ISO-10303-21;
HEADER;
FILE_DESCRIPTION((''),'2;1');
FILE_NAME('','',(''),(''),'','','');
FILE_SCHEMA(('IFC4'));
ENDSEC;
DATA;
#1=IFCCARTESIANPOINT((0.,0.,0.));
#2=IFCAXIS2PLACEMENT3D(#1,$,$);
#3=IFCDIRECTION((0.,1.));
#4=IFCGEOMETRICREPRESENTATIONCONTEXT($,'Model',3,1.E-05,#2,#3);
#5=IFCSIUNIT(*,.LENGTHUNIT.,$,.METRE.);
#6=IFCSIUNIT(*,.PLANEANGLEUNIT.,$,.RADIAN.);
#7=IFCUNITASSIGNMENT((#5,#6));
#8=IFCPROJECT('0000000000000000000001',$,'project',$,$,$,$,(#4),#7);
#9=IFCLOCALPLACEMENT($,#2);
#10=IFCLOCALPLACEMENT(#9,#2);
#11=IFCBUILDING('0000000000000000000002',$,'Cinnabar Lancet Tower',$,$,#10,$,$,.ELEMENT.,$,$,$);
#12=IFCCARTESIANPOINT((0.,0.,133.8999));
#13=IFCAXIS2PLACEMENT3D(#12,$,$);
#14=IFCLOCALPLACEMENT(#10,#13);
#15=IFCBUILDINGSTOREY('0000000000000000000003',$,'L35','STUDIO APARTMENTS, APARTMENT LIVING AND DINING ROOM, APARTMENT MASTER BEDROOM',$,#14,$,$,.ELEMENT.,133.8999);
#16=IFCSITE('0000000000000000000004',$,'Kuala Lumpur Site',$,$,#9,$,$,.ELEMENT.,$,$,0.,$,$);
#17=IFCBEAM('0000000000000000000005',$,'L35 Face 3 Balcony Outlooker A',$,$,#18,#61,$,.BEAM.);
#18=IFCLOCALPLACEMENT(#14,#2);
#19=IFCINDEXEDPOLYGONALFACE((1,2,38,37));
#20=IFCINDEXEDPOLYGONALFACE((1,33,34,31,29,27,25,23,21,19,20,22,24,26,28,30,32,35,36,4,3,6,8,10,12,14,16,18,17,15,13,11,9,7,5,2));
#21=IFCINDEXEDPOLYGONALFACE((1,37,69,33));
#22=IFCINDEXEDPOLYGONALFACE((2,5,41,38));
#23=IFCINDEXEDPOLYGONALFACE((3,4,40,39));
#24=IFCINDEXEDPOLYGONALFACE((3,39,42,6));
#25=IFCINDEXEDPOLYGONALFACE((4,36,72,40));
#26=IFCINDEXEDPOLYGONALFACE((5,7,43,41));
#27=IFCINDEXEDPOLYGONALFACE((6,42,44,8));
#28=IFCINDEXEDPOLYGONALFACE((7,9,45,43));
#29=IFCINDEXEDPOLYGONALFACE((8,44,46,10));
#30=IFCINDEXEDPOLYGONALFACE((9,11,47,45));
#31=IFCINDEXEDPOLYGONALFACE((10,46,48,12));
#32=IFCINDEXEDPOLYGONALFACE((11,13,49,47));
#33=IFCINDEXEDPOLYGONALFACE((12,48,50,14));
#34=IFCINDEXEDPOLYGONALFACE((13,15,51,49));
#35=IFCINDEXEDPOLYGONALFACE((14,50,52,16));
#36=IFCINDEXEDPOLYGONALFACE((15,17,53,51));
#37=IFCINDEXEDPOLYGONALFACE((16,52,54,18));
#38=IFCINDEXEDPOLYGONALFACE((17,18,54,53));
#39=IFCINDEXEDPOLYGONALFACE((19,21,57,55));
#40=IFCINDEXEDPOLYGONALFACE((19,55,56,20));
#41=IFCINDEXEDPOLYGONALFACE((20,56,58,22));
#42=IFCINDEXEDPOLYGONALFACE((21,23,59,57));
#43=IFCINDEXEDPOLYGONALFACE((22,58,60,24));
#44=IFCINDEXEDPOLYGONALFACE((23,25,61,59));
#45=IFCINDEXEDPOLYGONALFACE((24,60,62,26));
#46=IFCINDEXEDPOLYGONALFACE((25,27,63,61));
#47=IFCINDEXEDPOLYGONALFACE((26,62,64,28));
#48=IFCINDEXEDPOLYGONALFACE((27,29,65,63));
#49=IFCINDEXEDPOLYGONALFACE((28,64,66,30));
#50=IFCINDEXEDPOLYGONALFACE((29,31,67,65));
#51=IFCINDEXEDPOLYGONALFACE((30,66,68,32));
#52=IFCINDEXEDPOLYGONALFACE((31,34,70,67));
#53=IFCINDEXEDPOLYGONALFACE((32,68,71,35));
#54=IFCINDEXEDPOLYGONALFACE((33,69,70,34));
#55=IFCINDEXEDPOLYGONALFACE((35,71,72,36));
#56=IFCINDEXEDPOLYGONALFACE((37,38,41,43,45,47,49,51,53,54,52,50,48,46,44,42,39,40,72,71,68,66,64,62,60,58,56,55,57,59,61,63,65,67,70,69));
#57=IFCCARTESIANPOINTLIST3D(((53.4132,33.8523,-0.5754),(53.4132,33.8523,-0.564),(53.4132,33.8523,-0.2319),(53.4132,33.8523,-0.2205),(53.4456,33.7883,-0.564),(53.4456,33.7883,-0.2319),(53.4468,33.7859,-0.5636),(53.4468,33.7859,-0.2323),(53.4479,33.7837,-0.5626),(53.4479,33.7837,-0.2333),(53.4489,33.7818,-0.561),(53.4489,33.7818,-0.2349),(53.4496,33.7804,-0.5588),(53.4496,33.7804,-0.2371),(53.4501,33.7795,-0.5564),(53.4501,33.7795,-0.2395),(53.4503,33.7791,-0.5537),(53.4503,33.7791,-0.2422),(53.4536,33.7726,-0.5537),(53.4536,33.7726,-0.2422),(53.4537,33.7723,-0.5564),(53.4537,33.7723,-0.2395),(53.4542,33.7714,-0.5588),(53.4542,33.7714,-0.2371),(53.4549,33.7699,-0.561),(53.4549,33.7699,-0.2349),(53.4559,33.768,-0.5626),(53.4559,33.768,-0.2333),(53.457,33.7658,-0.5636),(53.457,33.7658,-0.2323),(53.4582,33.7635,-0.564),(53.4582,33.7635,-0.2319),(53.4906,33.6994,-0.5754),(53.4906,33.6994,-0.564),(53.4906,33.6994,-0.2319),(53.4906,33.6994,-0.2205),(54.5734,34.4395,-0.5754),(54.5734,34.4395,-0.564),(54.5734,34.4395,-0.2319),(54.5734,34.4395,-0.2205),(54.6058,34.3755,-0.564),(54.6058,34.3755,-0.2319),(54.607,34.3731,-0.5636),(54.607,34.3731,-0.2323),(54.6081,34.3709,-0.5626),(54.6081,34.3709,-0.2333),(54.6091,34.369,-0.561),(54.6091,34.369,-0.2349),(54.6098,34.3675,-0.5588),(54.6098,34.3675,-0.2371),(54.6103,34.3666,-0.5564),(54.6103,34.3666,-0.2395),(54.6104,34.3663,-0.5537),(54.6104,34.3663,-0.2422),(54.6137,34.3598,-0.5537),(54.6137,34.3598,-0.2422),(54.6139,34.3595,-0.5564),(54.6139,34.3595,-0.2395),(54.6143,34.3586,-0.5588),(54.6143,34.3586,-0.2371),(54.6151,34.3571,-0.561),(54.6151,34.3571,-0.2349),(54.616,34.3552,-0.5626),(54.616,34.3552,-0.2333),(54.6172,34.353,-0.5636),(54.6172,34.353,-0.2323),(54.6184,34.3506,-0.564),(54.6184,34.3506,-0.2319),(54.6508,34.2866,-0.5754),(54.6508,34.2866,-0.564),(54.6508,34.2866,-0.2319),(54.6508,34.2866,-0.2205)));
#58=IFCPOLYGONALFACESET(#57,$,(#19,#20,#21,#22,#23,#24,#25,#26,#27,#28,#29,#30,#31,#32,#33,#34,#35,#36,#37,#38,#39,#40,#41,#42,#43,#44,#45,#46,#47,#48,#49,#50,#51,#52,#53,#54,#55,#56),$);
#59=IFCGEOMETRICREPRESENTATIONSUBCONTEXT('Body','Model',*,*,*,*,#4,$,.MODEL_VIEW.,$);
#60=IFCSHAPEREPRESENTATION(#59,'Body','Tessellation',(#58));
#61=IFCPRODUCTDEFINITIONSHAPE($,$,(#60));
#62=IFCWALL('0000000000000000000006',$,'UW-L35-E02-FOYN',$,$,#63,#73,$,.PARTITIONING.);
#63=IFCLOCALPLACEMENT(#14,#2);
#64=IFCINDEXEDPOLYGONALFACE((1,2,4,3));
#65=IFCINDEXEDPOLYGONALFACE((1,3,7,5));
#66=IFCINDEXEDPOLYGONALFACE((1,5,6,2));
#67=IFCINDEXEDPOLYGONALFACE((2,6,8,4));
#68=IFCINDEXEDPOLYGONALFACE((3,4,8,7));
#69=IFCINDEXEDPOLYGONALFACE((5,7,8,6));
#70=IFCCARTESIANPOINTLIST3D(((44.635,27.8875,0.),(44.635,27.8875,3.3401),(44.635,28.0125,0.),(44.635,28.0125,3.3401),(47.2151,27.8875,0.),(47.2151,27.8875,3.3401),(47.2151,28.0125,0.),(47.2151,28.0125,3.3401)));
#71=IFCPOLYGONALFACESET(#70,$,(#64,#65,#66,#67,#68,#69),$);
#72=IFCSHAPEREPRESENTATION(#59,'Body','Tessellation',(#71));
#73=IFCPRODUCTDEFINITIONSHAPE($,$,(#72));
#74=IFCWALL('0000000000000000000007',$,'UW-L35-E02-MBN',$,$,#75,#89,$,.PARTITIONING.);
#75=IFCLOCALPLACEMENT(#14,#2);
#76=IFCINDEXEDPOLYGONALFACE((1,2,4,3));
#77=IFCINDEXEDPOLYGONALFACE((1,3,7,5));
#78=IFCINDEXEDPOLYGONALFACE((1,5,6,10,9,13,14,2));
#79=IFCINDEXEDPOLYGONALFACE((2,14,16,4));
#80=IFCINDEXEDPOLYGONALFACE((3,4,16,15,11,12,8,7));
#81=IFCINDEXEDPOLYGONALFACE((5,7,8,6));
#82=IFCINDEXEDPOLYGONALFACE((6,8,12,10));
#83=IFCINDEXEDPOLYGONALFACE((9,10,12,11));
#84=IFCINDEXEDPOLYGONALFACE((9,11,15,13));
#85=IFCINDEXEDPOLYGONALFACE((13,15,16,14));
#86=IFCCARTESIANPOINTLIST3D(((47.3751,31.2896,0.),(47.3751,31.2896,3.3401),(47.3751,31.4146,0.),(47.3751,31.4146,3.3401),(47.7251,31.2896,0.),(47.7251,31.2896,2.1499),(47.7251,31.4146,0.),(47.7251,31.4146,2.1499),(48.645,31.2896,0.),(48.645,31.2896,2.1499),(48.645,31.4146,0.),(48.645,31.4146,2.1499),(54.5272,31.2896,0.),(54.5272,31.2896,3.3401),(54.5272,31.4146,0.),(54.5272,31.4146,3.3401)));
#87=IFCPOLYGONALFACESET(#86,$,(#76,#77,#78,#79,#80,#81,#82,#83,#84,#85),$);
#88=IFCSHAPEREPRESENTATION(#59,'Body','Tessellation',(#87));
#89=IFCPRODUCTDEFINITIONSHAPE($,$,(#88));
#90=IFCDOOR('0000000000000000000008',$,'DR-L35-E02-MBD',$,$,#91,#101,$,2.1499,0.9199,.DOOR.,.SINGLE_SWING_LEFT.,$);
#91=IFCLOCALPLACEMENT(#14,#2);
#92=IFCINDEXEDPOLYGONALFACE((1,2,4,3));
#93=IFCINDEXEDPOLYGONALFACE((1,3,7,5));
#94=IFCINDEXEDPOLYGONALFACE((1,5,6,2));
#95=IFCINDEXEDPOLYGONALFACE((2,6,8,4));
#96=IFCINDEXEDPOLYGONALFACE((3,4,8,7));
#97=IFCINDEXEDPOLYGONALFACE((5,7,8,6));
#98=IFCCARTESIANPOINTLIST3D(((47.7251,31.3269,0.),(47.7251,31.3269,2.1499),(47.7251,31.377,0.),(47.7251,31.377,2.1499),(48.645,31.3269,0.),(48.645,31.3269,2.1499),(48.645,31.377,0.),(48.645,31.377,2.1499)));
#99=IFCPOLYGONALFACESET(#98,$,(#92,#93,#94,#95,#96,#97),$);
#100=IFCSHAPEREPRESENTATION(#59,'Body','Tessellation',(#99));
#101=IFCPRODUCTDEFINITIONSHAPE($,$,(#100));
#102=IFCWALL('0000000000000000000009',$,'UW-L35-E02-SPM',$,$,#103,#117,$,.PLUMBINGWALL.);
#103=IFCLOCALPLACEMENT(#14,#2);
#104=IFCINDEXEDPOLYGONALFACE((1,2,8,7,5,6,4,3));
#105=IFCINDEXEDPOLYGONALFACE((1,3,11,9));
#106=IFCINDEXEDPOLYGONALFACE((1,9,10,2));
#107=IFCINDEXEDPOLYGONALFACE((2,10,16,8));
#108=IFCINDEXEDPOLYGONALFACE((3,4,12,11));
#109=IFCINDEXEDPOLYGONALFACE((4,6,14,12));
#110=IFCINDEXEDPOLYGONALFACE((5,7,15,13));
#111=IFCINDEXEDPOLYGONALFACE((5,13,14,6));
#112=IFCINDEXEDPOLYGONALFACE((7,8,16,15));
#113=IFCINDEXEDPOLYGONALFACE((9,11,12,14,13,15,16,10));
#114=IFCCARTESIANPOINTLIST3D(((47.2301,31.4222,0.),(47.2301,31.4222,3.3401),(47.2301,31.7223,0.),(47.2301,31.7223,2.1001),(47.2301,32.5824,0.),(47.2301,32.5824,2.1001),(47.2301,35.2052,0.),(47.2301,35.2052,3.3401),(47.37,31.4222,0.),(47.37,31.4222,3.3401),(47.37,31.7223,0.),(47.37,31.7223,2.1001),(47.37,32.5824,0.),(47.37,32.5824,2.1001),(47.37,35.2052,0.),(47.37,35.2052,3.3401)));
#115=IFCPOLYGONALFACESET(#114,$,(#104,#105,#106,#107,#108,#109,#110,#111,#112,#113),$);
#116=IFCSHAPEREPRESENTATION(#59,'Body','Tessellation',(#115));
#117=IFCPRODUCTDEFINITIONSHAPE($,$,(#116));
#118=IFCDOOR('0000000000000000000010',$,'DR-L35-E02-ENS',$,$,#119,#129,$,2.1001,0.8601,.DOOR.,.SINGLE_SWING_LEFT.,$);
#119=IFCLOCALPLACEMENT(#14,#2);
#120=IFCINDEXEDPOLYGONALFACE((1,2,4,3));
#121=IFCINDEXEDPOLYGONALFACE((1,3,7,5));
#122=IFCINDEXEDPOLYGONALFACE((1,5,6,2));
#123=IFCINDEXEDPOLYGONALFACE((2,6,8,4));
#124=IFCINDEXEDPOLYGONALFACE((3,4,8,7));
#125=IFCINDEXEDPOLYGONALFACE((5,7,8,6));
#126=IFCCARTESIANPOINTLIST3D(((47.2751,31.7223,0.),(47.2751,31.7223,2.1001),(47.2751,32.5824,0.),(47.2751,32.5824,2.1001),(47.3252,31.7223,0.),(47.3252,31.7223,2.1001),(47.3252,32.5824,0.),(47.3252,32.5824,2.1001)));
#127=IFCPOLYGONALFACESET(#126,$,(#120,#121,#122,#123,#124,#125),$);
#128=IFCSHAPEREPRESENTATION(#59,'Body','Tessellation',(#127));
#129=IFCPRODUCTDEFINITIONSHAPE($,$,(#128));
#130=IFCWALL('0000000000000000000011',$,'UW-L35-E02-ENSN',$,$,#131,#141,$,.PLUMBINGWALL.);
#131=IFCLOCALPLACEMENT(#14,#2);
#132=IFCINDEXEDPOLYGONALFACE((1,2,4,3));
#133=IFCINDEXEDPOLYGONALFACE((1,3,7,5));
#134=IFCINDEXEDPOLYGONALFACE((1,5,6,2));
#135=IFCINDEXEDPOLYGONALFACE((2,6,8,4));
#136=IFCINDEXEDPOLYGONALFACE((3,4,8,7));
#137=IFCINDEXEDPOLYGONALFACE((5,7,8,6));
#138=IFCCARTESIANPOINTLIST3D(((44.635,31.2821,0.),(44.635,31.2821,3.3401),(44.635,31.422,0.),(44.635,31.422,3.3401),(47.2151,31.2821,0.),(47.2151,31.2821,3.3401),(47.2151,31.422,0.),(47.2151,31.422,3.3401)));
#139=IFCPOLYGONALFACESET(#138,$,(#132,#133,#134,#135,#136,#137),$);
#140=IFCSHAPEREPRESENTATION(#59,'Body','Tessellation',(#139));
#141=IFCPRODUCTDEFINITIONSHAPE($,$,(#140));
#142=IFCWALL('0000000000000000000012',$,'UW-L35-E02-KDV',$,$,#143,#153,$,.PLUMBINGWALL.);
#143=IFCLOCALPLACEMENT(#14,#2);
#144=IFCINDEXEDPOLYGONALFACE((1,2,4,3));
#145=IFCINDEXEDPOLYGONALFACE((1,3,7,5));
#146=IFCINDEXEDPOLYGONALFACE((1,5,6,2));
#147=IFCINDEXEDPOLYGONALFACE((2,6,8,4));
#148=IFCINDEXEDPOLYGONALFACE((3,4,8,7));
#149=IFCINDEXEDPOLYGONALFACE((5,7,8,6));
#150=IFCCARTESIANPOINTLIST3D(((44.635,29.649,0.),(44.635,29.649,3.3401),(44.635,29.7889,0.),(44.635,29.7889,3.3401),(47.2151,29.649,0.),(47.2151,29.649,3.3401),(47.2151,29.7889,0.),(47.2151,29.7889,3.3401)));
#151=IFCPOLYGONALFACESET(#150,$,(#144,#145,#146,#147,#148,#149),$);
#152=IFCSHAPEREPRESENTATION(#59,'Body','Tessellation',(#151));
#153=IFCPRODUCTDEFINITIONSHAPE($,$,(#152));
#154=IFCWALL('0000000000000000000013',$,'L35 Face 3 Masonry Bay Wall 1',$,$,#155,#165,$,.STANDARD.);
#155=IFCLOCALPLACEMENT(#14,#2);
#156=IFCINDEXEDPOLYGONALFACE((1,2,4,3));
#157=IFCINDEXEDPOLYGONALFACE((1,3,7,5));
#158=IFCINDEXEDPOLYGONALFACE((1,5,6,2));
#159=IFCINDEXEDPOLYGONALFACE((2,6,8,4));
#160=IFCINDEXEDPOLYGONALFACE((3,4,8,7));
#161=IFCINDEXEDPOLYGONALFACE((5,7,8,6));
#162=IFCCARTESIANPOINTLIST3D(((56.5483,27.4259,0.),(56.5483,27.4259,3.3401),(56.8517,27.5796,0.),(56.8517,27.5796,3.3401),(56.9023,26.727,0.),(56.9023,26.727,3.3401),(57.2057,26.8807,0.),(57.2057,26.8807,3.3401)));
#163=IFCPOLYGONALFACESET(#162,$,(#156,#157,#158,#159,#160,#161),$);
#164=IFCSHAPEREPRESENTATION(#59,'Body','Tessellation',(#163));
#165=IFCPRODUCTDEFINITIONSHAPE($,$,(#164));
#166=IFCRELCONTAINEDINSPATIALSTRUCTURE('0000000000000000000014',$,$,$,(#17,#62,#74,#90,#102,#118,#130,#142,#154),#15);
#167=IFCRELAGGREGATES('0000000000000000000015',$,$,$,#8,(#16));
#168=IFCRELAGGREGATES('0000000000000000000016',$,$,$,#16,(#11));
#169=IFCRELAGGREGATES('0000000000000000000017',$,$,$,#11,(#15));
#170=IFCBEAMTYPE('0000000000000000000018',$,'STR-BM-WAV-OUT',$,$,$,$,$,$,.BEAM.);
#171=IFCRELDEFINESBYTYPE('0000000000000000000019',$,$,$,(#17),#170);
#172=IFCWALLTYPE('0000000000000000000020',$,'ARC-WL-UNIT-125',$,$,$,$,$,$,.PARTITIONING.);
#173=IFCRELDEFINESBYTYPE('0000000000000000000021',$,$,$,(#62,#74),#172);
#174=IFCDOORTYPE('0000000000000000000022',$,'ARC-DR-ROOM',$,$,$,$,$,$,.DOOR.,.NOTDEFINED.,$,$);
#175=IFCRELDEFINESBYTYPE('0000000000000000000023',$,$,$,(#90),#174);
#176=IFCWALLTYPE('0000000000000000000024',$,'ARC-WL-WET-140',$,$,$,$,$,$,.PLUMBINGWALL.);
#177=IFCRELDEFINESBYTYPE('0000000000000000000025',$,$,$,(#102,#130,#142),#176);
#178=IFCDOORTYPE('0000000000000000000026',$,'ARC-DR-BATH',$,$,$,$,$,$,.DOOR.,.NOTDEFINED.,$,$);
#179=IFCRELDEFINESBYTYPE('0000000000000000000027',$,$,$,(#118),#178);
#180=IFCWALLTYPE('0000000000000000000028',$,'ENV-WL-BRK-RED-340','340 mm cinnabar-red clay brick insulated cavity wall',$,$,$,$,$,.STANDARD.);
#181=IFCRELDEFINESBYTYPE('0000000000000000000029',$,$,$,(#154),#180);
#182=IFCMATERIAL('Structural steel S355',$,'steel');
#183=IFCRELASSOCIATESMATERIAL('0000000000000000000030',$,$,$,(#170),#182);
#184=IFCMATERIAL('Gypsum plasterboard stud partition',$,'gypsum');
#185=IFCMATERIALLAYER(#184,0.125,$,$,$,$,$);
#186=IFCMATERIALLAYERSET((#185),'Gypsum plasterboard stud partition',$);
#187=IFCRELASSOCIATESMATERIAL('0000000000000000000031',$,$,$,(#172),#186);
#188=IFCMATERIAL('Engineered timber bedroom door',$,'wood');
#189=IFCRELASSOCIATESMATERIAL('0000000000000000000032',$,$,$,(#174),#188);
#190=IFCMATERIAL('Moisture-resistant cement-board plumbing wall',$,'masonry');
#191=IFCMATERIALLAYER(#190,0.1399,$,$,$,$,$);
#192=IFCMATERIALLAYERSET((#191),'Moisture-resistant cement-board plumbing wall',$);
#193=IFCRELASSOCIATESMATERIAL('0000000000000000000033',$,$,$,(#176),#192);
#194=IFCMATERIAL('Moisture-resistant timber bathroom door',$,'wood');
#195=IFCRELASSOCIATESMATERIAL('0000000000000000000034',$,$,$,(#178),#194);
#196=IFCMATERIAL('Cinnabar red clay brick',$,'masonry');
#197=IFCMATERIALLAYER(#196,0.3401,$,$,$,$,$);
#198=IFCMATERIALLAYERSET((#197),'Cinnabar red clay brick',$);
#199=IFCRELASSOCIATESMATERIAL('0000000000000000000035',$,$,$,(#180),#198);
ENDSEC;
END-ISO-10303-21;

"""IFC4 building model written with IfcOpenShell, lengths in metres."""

from ifc_helpers import new_model, si_unit, direction, frame, frame_2d, origin, origin_2d, place, context, subcontext, project, spatial, rectangle, i_section, extrude, material, layer, layer_set, material_profile, profile_set, type_object, element, fill, save


model = new_model("IFC4")

# Units and contexts
model_context = context("Model", 3, precision=1e-05, world=origin(), true_north=direction((0.0, 1.0)))
body_context = subcontext(model_context, "Body", "Model", "MODEL_VIEW")
ifc_project = project(units=[si_unit("LENGTHUNIT", "METRE"), si_unit("PLANEANGLEUNIT", "RADIAN")], contexts=[model_context])

# Site, building, storey
site_placement = place(None, origin())
site = spatial("IfcSite", under=ifc_project, at=site_placement, Name="Kuala Lumpur Site", CompositionType="ELEMENT", RefElevation=0.0)
building_placement = place(site_placement, origin())
building = spatial("IfcBuilding", under=site, at=building_placement, Name="Cinnabar Lancet Tower", CompositionType="ELEMENT")
storey_placement = place(building_placement, frame((0.0, 0.0, 133.8999)))
storey = spatial("IfcBuildingStorey", under=building, at=storey_placement, Name="L35", Description="STUDIO APARTMENTS, APARTMENT LIVING AND DINING ROOM, APARTMENT MASTER BEDROOM", CompositionType="ELEMENT", Elevation=133.8999)

# Beam
ifc_material_1 = material(Name="Structural steel S355", Category="steel")
ifc_material_profile_1 = material_profile(ifc_material_1, i_section(OverallWidth=0.1714, OverallDepth=0.355, WebThickness=0.0073, FlangeThickness=0.0115, FilletRadius=0.0103, at=origin_2d()), Name="UKB 356x171x51")
ifc_profile_set_1 = profile_set([ifc_material_profile_1], Name="Structural steel S355")
beam_type_1 = type_object("IfcBeamType", Name="STR-BM-WAV-OUT", PredefinedType="BEAM", material=ifc_profile_set_1)
beam_1_placement = place(storey_placement, frame((53.4519, 33.7759, -0.3979), z_axis=(0.892239, 0.451564, 0.0), x_axis=(-0.451564, 0.892239, 0.0)))
element("IfcBeam", 1, at=beam_1_placement, inside=storey, type_object=beam_type_1, Name="L35 Face 3 Balcony Outlooker A", PredefinedType="BEAM", context=body_context, shape_type="SweptSolid", body=[
    extrude(i_section(OverallWidth=0.1714, OverallDepth=0.355, WebThickness=0.0073, FlangeThickness=0.0115, FilletRadius=0.0103, at=origin_2d()), origin(), (0.0, 0.0, 1.0), 1.3003),
])

# Wall
ifc_material_2 = material(Name="Gypsum plasterboard stud partition", Category="gypsum")
ifc_layer_1 = layer(ifc_material_2, 0.125)
ifc_layer_set_1 = layer_set([ifc_layer_1], Name="Gypsum plasterboard stud partition")
wall_type_1 = type_object("IfcWallType", Name="ARC-WL-UNIT-125", PredefinedType="PARTITIONING", material=ifc_layer_set_1)
wall_1_placement = place(storey_placement, frame((44.635, 27.95, 0.0), z_axis=(0.0, 0.0, 1.0), x_axis=(1.0, 0.0, 0.0)))
element("IfcWall", 2, at=wall_1_placement, inside=storey, type_object=wall_type_1, Name="UW-L35-E02-FOYN", PredefinedType="PARTITIONING", context=body_context, shape_type="SweptSolid", body=[
    extrude(rectangle(XDim=2.5801, YDim=0.125, at=frame_2d((1.29, 0.0))), origin(), (0.0, 0.0, 1.0), 3.3401),
])

# Wall, opening, door
wall_2_placement = place(storey_placement, frame((47.375, 31.3521, 0.0), z_axis=(0.0, 0.0, 1.0), x_axis=(1.0, 0.0, 0.0)))
wall_2 = element("IfcWall", 3, at=wall_2_placement, inside=storey, type_object=wall_type_1, Name="UW-L35-E02-MBN", PredefinedType="PARTITIONING", context=body_context, shape_type="SweptSolid", body=[
    extrude(rectangle(XDim=7.1521, YDim=0.125, at=frame_2d((3.5762, 0.0))), origin(), (0.0, 0.0, 1.0), 3.3401),
])
opening_1_placement = place(wall_2_placement, frame((0.3501, 0.0, 0.0)))
opening_1 = element("IfcOpeningElement", 4, at=opening_1_placement, cuts=wall_2, PredefinedType="OPENING", context=body_context, shape_type="SweptSolid", body=[
    extrude(rectangle(XDim=0.9199, YDim=2.1499, at=frame_2d((0.46, 1.075))), frame((0.0, 0.0725, 0.0), z_axis=(0.0, -1.0, 0.0), x_axis=(1.0, 0.0, 0.0)), (0.0, 0.0, 1.0), 0.145),
])
ifc_material_3 = material(Name="Engineered timber bedroom door", Category="wood")
door_type_1 = type_object("IfcDoorType", Name="ARC-DR-ROOM", OperationType="NOTDEFINED", PredefinedType="DOOR", material=ifc_material_3)
door_1_placement = place(opening_1_placement, origin())
door_1 = element("IfcDoor", 5, at=door_1_placement, inside=storey, type_object=door_type_1, Name="DR-L35-E02-MBD", OperationType="SINGLE_SWING_LEFT", OverallHeight=2.1499, OverallWidth=0.9199, PredefinedType="DOOR", context=body_context, shape_type="SweptSolid", body=[
    extrude(rectangle(XDim=0.9199, YDim=2.1499, at=frame_2d((0.46, 1.075))), frame((0.0, 0.0249, 0.0), z_axis=(0.0, -1.0, 0.0), x_axis=(1.0, 0.0, 0.0)), (0.0, 0.0, 1.0), 0.05),
])
fill(opening_1, door_1)

# Shared definitions
ifc_material_4 = material(Name="Moisture-resistant cement-board plumbing wall", Category="masonry")
ifc_layer_2 = layer(ifc_material_4, 0.1399)
ifc_layer_set_2 = layer_set([ifc_layer_2], Name="Moisture-resistant cement-board plumbing wall")
wall_type_2 = type_object("IfcWallType", Name="ARC-WL-WET-140", PredefinedType="PLUMBINGWALL", material=ifc_layer_set_2)
ifc_material_5 = material(Name="Moisture-resistant timber bathroom door", Category="wood")
door_type_2 = type_object("IfcDoorType", Name="ARC-DR-BATH", OperationType="NOTDEFINED", PredefinedType="DOOR", material=ifc_material_5)

# Wall, opening, door
wall_3_placement = place(storey_placement, frame((47.3, 31.4221, 0.0), z_axis=(0.0, 0.0, 1.0), x_axis=(0.0, 1.0, 0.0)))
wall_3 = element("IfcWall", 6, at=wall_3_placement, inside=storey, type_object=wall_type_2, Name="UW-L35-E02-SPM", PredefinedType="PLUMBINGWALL", context=body_context, shape_type="SweptSolid", body=[
    extrude(rectangle(XDim=3.783, YDim=0.1399, at=frame_2d((1.8916, 0.0))), origin(), (0.0, 0.0, 1.0), 3.3401),
])
opening_2_placement = place(wall_3_placement, frame((0.3, 0.0, 0.0)))
opening_2 = element("IfcOpeningElement", 7, at=opening_2_placement, cuts=wall_3, PredefinedType="OPENING", context=body_context, shape_type="SweptSolid", body=[
    extrude(rectangle(XDim=0.8601, YDim=2.1001, at=frame_2d((0.4302, 1.05))), frame((0.0, 0.0798, 0.0), z_axis=(0.0, -1.0, 0.0), x_axis=(1.0, 0.0, 0.0)), (0.0, 0.0, 1.0), 0.1599),
])
door_2_placement = place(opening_2_placement, origin())
door_2 = element("IfcDoor", 8, at=door_2_placement, inside=storey, type_object=door_type_2, Name="DR-L35-E02-ENS", OperationType="SINGLE_SWING_LEFT", OverallHeight=2.1001, OverallWidth=0.8601, PredefinedType="DOOR", context=body_context, shape_type="SweptSolid", body=[
    extrude(rectangle(XDim=0.8601, YDim=2.1001, at=frame_2d((0.4302, 1.05))), frame((0.0, 0.0249, 0.0), z_axis=(0.0, -1.0, 0.0), x_axis=(1.0, 0.0, 0.0)), (0.0, 0.0, 1.0), 0.05),
])
fill(opening_2, door_2)

# Walls
for number, where, z_axis, x_axis, name in (
    (9, (44.635, 31.3521, 0.0), (0.0, 0.0, 1.0), (1.0, 0.0, 0.0), "UW-L35-E02-ENSN"),
    (10, (44.635, 29.719, 0.0), (0.0, 0.0, 1.0), (1.0, 0.0, 0.0), "UW-L35-E02-KDV"),
):
    element("IfcWall", number, at=place(storey_placement, frame(where, z_axis=z_axis, x_axis=x_axis)), inside=storey, type_object=wall_type_2, Name=name, PredefinedType="PLUMBINGWALL", context=body_context, shape_type="SweptSolid", body=[
        extrude(rectangle(XDim=2.5801, YDim=0.1399, at=frame_2d((1.29, 0.0))), origin(), (0.0, 0.0, 1.0), 3.3401),
    ])
ifc_material_6 = material(Name="Cinnabar red clay brick", Category="masonry")
ifc_layer_3 = layer(ifc_material_6, 0.3401)
ifc_layer_set_3 = layer_set([ifc_layer_3], Name="Cinnabar red clay brick")
wall_type_3 = type_object("IfcWallType", Name="ENV-WL-BRK-RED-340", Description="340 mm cinnabar-red clay brick insulated cavity wall", PredefinedType="STANDARD", material=ifc_layer_set_3)
wall_4_placement = place(storey_placement, frame((57.054, 26.804, 0.0), z_axis=(0.0, 0.0, 1.0), x_axis=(-0.451819, 0.892109, 0.0)))
element("IfcWall", 11, at=wall_4_placement, inside=storey, type_object=wall_type_3, Name="L35 Face 3 Masonry Bay Wall 1", PredefinedType="STANDARD", context=body_context, shape_type="SweptSolid", body=[
    extrude(rectangle(XDim=0.7834, YDim=0.3401, at=frame_2d((0.3916, 0.0))), origin(), (0.0, 0.0, 1.0), 3.3401),
])

save(model, "model.ifc")
